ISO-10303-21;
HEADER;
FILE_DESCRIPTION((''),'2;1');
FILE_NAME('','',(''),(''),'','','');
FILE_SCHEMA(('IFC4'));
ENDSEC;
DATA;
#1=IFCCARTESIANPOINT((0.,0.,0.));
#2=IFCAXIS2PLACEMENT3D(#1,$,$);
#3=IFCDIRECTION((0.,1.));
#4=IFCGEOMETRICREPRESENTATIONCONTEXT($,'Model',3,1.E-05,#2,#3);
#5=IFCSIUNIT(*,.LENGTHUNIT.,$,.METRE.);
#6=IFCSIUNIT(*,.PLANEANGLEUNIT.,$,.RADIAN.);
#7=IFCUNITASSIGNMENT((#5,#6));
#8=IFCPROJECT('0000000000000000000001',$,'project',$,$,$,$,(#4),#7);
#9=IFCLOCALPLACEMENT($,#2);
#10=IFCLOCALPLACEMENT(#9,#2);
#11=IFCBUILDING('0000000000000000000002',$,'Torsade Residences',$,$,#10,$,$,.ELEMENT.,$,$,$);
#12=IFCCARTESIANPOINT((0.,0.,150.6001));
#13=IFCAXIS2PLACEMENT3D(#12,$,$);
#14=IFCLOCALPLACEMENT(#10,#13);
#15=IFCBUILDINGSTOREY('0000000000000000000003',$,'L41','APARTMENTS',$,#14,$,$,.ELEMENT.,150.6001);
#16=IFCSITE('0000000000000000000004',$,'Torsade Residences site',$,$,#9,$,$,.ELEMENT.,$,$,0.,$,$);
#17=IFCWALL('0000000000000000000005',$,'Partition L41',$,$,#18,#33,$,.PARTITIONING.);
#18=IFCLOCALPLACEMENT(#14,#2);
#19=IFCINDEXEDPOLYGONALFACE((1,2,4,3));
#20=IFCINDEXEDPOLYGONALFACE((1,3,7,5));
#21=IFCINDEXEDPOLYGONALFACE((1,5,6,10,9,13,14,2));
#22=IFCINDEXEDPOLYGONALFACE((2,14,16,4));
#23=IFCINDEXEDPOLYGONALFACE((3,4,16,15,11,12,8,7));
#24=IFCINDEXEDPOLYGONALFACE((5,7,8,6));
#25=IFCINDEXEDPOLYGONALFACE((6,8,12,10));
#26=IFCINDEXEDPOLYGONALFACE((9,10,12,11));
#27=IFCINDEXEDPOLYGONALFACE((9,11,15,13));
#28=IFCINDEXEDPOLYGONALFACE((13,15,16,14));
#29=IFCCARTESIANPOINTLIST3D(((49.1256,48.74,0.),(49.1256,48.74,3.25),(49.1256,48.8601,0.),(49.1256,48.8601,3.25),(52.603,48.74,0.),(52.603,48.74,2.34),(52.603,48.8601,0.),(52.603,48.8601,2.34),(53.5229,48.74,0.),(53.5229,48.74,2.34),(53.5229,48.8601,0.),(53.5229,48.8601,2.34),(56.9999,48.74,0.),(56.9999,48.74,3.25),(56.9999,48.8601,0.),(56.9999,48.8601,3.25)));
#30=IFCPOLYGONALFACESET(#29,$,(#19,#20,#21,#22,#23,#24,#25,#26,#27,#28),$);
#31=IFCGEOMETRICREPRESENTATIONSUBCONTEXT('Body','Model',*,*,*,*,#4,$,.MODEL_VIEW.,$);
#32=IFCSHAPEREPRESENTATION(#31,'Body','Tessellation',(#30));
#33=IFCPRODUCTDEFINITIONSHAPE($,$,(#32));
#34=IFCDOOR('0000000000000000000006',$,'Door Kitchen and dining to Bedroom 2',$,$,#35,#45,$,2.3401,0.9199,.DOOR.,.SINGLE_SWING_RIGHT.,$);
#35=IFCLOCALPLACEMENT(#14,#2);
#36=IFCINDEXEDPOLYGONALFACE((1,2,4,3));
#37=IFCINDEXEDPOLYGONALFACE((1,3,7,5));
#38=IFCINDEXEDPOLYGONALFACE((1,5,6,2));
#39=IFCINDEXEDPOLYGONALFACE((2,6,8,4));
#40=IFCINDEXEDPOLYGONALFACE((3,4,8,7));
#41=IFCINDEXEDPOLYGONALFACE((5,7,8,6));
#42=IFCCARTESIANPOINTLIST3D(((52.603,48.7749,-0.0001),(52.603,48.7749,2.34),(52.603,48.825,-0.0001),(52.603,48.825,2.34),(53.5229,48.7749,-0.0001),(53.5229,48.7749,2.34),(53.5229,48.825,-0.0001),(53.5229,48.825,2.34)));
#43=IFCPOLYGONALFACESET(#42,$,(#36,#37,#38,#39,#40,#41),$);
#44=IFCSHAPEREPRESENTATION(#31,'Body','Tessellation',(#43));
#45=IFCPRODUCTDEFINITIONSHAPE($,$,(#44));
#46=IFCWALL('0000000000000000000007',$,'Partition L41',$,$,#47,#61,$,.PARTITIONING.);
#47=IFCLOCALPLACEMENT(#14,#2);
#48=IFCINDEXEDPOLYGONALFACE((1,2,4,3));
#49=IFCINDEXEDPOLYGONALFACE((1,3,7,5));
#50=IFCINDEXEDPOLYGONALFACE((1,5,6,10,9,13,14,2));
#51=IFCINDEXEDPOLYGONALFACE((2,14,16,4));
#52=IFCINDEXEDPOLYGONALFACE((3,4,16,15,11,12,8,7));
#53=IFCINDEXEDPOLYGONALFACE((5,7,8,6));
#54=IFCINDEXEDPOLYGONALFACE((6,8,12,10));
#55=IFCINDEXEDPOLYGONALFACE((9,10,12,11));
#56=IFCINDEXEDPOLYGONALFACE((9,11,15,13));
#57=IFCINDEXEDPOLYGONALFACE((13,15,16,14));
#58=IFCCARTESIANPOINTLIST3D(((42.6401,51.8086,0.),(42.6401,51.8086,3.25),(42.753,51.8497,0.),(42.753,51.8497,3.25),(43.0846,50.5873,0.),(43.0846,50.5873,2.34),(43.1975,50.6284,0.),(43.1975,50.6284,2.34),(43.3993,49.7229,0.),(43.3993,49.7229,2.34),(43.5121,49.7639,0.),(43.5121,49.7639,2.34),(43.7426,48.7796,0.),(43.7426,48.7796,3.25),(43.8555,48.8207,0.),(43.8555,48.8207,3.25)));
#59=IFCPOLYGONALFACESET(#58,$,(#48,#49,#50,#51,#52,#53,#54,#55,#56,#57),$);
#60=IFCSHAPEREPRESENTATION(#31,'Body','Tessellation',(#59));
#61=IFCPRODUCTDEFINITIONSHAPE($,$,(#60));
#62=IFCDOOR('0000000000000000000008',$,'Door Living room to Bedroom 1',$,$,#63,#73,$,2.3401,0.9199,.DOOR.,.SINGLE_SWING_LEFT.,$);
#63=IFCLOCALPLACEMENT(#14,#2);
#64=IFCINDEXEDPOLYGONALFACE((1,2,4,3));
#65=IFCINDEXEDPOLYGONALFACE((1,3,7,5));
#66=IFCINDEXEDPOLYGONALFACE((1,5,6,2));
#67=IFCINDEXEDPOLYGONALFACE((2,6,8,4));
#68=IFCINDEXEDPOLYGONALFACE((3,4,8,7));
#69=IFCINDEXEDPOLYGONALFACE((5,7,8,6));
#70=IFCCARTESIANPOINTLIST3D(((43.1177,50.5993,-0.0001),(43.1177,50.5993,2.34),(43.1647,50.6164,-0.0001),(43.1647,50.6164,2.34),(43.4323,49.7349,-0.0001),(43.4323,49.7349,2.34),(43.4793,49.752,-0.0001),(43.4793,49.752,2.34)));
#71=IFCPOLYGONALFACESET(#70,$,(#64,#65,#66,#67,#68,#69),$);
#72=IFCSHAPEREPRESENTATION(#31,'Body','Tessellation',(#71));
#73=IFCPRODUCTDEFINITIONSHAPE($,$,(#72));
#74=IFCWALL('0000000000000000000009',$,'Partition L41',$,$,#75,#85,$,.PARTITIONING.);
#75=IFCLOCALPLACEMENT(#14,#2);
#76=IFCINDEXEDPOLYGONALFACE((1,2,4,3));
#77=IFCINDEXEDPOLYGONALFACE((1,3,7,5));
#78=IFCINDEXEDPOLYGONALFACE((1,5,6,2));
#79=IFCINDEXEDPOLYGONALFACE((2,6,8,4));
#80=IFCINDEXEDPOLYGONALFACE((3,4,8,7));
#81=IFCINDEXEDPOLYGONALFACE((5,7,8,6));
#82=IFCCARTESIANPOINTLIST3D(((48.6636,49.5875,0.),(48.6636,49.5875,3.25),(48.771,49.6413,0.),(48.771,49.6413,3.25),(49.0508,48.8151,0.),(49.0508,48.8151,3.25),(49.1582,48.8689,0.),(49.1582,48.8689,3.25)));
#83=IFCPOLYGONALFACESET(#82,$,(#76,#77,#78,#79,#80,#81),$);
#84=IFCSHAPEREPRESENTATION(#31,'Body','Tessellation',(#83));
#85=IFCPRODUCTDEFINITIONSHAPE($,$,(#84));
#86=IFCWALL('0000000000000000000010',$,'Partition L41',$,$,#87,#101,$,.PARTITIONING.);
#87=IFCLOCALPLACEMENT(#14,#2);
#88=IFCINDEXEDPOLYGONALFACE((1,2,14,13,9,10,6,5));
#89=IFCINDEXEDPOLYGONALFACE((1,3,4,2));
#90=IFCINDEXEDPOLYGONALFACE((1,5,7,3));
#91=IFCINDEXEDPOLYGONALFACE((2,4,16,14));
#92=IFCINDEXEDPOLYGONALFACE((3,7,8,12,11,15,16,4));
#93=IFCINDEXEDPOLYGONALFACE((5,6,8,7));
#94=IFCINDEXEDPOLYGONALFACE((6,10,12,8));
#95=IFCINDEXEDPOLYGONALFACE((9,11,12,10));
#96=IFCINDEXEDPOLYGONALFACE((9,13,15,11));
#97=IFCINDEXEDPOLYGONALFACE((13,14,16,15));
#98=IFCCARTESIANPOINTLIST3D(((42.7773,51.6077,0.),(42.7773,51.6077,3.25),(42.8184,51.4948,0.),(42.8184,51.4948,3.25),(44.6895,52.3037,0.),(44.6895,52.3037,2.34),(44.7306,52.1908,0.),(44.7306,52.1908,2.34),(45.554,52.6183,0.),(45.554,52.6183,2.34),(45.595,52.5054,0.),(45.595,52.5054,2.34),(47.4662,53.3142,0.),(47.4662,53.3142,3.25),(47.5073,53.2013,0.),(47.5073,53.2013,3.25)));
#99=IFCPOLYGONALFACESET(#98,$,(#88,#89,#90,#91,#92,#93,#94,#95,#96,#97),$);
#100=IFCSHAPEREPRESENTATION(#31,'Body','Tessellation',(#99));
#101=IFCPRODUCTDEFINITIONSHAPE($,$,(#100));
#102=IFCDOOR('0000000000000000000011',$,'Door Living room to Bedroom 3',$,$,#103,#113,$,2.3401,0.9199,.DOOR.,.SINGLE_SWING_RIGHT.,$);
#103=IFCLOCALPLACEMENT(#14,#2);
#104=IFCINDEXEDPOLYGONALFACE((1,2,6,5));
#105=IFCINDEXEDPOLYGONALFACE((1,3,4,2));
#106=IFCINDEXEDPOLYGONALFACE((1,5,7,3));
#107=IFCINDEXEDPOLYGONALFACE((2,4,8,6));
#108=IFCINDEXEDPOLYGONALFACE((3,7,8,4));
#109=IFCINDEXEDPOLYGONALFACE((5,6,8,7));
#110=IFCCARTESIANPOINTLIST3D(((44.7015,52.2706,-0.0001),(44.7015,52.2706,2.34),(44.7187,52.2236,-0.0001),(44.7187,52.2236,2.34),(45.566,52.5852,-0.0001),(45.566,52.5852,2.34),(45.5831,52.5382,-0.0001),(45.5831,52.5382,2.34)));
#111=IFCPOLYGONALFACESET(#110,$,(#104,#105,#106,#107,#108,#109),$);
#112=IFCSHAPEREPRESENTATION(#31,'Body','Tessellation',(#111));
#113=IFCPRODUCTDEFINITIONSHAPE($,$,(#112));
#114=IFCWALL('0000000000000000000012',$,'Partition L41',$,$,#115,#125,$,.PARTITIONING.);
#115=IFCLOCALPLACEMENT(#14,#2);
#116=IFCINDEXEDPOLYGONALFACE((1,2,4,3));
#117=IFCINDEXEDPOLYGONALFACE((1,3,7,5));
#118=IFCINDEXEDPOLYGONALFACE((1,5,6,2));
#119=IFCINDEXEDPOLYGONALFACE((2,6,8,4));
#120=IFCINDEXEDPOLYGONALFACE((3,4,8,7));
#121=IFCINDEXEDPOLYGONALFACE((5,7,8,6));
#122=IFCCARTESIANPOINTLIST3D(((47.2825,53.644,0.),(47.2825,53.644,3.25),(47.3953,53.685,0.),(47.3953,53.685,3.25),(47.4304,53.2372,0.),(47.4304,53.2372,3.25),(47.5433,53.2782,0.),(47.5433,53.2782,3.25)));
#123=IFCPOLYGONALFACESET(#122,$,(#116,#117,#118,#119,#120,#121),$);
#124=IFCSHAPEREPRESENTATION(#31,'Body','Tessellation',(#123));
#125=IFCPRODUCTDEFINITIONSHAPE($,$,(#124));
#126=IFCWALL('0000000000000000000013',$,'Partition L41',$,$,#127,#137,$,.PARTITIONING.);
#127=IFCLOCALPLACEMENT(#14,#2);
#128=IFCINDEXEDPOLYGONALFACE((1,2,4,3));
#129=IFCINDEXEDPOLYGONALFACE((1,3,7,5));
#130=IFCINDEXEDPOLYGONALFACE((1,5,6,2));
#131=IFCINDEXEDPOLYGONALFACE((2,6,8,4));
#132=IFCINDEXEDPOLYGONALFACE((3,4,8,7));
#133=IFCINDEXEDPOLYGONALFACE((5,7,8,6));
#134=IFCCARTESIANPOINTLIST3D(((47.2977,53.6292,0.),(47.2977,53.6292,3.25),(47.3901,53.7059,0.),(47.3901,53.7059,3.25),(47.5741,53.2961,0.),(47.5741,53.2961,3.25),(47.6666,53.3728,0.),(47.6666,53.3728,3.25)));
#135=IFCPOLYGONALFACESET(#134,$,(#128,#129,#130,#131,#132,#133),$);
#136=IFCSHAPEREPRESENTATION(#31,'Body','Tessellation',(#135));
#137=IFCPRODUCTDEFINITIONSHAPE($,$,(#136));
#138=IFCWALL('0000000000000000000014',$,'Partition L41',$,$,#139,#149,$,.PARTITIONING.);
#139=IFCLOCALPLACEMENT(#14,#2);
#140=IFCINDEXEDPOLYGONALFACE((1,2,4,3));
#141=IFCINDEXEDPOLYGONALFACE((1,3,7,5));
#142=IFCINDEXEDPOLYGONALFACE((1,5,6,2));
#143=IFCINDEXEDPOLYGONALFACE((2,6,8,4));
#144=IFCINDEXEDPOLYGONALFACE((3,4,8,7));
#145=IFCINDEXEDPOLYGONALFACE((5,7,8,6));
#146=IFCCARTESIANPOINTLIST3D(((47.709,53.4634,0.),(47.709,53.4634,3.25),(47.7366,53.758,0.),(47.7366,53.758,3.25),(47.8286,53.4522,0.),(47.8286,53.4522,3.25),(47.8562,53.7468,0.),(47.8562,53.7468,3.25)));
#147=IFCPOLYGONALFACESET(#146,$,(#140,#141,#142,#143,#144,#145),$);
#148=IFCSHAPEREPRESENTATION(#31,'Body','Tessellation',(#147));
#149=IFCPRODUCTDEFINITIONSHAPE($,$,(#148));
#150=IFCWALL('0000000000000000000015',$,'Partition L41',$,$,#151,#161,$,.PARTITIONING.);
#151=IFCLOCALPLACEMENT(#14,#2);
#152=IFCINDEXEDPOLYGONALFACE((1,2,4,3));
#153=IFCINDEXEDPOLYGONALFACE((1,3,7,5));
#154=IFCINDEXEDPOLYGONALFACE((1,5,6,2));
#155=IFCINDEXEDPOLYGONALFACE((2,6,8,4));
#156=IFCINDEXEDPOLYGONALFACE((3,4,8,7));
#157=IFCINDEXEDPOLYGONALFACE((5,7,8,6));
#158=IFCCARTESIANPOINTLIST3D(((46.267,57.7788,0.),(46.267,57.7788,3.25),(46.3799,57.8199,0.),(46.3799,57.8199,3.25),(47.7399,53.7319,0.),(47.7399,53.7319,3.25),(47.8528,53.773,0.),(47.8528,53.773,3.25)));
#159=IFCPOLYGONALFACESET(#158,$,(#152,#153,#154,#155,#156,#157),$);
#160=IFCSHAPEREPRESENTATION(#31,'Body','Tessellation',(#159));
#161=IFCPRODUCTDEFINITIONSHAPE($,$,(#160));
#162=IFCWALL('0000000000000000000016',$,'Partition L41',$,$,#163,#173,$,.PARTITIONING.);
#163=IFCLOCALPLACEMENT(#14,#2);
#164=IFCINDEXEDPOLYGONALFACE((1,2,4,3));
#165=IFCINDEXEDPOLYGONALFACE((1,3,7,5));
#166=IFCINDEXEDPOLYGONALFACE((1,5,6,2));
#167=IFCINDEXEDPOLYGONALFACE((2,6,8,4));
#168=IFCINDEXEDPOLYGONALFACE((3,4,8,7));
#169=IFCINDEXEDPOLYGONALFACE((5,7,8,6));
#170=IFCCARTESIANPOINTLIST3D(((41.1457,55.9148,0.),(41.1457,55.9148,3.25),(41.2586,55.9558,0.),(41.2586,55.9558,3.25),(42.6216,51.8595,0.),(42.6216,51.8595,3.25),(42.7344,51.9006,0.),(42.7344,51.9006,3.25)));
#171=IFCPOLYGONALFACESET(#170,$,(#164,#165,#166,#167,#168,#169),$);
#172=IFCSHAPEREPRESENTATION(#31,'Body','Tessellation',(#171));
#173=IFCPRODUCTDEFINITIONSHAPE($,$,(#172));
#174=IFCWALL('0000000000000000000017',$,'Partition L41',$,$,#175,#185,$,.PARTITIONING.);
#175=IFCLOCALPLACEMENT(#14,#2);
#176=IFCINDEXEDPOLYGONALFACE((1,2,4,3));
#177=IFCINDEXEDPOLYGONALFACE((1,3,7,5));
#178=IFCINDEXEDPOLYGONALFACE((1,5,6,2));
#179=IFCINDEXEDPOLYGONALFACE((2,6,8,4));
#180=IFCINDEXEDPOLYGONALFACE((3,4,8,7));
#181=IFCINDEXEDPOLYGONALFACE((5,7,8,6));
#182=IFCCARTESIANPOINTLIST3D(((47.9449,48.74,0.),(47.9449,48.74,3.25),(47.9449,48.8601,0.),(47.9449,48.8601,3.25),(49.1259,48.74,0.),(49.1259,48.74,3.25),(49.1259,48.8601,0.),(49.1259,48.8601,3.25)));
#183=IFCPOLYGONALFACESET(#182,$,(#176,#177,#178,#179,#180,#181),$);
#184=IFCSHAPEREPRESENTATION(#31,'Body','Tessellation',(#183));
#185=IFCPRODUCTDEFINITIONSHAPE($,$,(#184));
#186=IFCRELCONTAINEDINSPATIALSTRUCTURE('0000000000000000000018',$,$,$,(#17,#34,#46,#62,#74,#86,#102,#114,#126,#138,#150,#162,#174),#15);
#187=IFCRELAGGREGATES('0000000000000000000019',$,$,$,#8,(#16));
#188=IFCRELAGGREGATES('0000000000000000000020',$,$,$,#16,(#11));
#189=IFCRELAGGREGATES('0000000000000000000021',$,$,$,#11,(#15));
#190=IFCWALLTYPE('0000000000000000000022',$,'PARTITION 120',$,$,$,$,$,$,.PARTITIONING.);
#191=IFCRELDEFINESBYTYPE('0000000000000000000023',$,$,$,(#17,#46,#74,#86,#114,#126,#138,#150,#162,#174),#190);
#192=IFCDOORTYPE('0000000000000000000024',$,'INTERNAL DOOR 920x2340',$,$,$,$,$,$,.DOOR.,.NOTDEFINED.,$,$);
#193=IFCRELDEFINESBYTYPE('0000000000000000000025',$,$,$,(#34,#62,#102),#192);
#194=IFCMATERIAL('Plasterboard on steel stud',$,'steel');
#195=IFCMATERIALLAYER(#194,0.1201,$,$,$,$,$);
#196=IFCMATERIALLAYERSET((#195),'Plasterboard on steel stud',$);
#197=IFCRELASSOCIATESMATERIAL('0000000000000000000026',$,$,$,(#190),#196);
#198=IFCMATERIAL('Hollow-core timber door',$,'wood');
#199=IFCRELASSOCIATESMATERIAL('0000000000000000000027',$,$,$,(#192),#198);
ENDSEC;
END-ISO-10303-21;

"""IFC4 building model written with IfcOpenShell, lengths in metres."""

from ifc_helpers import new_model, si_unit, direction, frame, frame_2d, origin, place, context, subcontext, project, spatial, rectangle, extrude, material, layer, layer_set, type_object, element, fill, save


model = new_model("IFC4")

# Units and contexts
model_context = context("Model", 3, precision=1e-05, world=origin(), true_north=direction((0.0, 1.0)))
body_context = subcontext(model_context, "Body", "Model", "MODEL_VIEW")
ifc_project = project(units=[si_unit("LENGTHUNIT", "METRE"), si_unit("PLANEANGLEUNIT", "RADIAN")], contexts=[model_context])

# Site, building, storey
site_placement = place(None, origin())
site = spatial("IfcSite", under=ifc_project, at=site_placement, Name="Torsade Residences site", CompositionType="ELEMENT", RefElevation=0.0)
building_placement = place(site_placement, origin())
building = spatial("IfcBuilding", under=site, at=building_placement, Name="Torsade Residences", CompositionType="ELEMENT")
storey_placement = place(building_placement, frame((0.0, 0.0, 150.6001)))
storey = spatial("IfcBuildingStorey", under=building, at=storey_placement, Name="L41", Description="APARTMENTS", CompositionType="ELEMENT", Elevation=150.6001)

# Walls, openings, doors
ifc_material_1 = material(Name="Plasterboard on steel stud", Category="steel")
ifc_layer_1 = layer(ifc_material_1, 0.1201)
ifc_layer_set_1 = layer_set([ifc_layer_1], Name="Plasterboard on steel stud")
wall_type = type_object("IfcWallType", Name="PARTITION 120", PredefinedType="PARTITIONING", material=ifc_layer_set_1)
wall_1_placement = place(storey_placement, frame((49.1257, 48.8, 0.0), z_axis=(0.0, 0.0, 1.0), x_axis=(1.0, 0.0, 0.0)))
wall_1 = element("IfcWall", 1, at=wall_1_placement, inside=storey, type_object=wall_type, Name="Partition L41", PredefinedType="PARTITIONING", context=body_context, shape_type="SweptSolid", body=[
    extrude(rectangle(XDim=7.8743, YDim=0.1201, at=frame_2d((3.937, 0.0))), origin(), (0.0, 0.0, 1.0), 3.25),
])
opening_1_placement = place(wall_1_placement, frame((3.4773, 0.0, 0.0)))
opening_1 = element("IfcOpeningElement", 2, at=opening_1_placement, cuts=wall_1, PredefinedType="OPENING", context=body_context, shape_type="SweptSolid", body=[
    extrude(rectangle(XDim=0.9199, YDim=2.3401, at=frame_2d((0.46, 1.1699))), frame((0.0, 0.0701, 0.0), z_axis=(0.0, -1.0, 0.0), x_axis=(1.0, 0.0, 0.0)), (0.0, 0.0, 1.0), 0.1401),
])
ifc_material_2 = material(Name="Hollow-core timber door", Category="wood")
door_type = type_object("IfcDoorType", Name="INTERNAL DOOR 920x2340", OperationType="NOTDEFINED", PredefinedType="DOOR", material=ifc_material_2)
door_1_placement = place(opening_1_placement, origin())
door_1 = element("IfcDoor", 3, at=door_1_placement, inside=storey, type_object=door_type, Name="Door Kitchen and dining to Bedroom 2", OperationType="SINGLE_SWING_RIGHT", OverallHeight=2.3401, OverallWidth=0.9199, PredefinedType="DOOR", context=body_context, shape_type="SweptSolid", body=[
    extrude(rectangle(XDim=0.9199, YDim=2.3401, at=frame_2d((0.46, 1.1699))), frame((0.0, 0.0249, 0.0), z_axis=(0.0, -1.0, 0.0), x_axis=(1.0, 0.0, 0.0)), (0.0, 0.0, 1.0), 0.05),
])
fill(opening_1, door_1)
wall_2_placement = place(storey_placement, frame((43.7991, 48.8, 0.0), z_axis=(0.0, 0.0, 1.0), x_axis=(-0.342035, 0.939687, 0.0)))
wall_2 = element("IfcWall", 4, at=wall_2_placement, inside=storey, type_object=wall_type, Name="Partition L41", PredefinedType="PARTITIONING", context=body_context, shape_type="SweptSolid", body=[
    extrude(rectangle(XDim=3.2234, YDim=0.1201, at=frame_2d((1.6118, 0.0))), origin(), (0.0, 0.0, 1.0), 3.25),
])
opening_2_placement = place(wall_2_placement, frame((1.0039, 0.0, 0.0)))
opening_2 = element("IfcOpeningElement", 5, at=opening_2_placement, cuts=wall_2, PredefinedType="OPENING", context=body_context, shape_type="SweptSolid", body=[
    extrude(rectangle(XDim=0.9199, YDim=2.3401, at=frame_2d((0.46, 1.1699))), frame((0.0, 0.0701, 0.0), z_axis=(0.0, -1.0, 0.0), x_axis=(1.0, 0.0, 0.0)), (0.0, 0.0, 1.0), 0.1401),
])
door_2_placement = place(opening_2_placement, origin())
door_2 = element("IfcDoor", 6, at=door_2_placement, inside=storey, type_object=door_type, Name="Door Living room to Bedroom 1", OperationType="SINGLE_SWING_LEFT", OverallHeight=2.3401, OverallWidth=0.9199, PredefinedType="DOOR", context=body_context, shape_type="SweptSolid", body=[
    extrude(rectangle(XDim=0.9199, YDim=2.3401, at=frame_2d((0.46, 1.1699))), frame((0.0, 0.0249, 0.0), z_axis=(0.0, -1.0, 0.0), x_axis=(1.0, 0.0, 0.0)), (0.0, 0.0, 1.0), 0.05),
])
fill(opening_2, door_2)

# Wall
wall_3_placement = place(storey_placement, frame((48.7173, 49.6145, 0.0), z_axis=(0.0, 0.0, 1.0), x_axis=(0.448118, -0.893975, 0.0)))
element("IfcWall", 7, at=wall_3_placement, inside=storey, type_object=wall_type, Name="Partition L41", PredefinedType="PARTITIONING", context=body_context, shape_type="SweptSolid", body=[
    extrude(rectangle(XDim=0.864, YDim=0.1201, at=frame_2d((0.4321, 0.0))), origin(), (0.0, 0.0, 1.0), 3.25),
])

# Wall, opening, door
wall_4_placement = place(storey_placement, frame((42.7979, 51.5513, 0.0), z_axis=(0.0, 0.0, 1.0), x_axis=(0.939699, 0.342002, 0.0)))
wall_4 = element("IfcWall", 8, at=wall_4_placement, inside=storey, type_object=wall_type, Name="Partition L41", PredefinedType="PARTITIONING", context=body_context, shape_type="SweptSolid", body=[
    extrude(rectangle(XDim=4.9897, YDim=0.1201, at=frame_2d((2.4949, 0.0))), origin(), (0.0, 0.0, 1.0), 3.25),
])
opening_3_placement = place(wall_4_placement, frame((2.0349, 0.0, 0.0)))
opening_3 = element("IfcOpeningElement", 9, at=opening_3_placement, cuts=wall_4, PredefinedType="OPENING", context=body_context, shape_type="SweptSolid", body=[
    extrude(rectangle(XDim=0.9199, YDim=2.3401, at=frame_2d((0.46, 1.1699))), frame((0.0, 0.0701, 0.0), z_axis=(0.0, -1.0, 0.0), x_axis=(1.0, 0.0, 0.0)), (0.0, 0.0, 1.0), 0.1401),
])
door_3_placement = place(opening_3_placement, origin())
door_3 = element("IfcDoor", 10, at=door_3_placement, inside=storey, type_object=door_type, Name="Door Living room to Bedroom 3", OperationType="SINGLE_SWING_RIGHT", OverallHeight=2.3401, OverallWidth=0.9199, PredefinedType="DOOR", context=body_context, shape_type="SweptSolid", body=[
    extrude(rectangle(XDim=0.9199, YDim=2.3401, at=frame_2d((0.46, 1.1699))), frame((0.0, 0.0249, 0.0), z_axis=(0.0, -1.0, 0.0), x_axis=(1.0, 0.0, 0.0)), (0.0, 0.0, 1.0), 0.05),
])
fill(opening_3, door_3)

# Walls
for number, where, z_axis, x_axis, name in (
    (11, (47.4868, 53.2578, 0.0), (0.0, 0.0, 1.0), (-0.341834, 0.93976, 0.0), "Partition L41"),
    (12, (47.344, 53.6675, 0.0), (0.0, 0.0, 1.0), (0.638629, -0.769515, 0.0), "Partition L41"),
):
    element("IfcWall", number, at=place(storey_placement, frame(where, z_axis=z_axis, x_axis=x_axis)), inside=storey, type_object=wall_type, Name=name, PredefinedType="PARTITIONING", context=body_context, shape_type="SweptSolid", body=[
        extrude(rectangle(XDim=0.4329, YDim=0.1201, at=frame_2d((0.2163, 0.0))), origin(), (0.0, 0.0, 1.0), 3.25),
    ])
wall_5_placement = place(storey_placement, frame((47.7688, 53.4578, 0.0), z_axis=(0.0, 0.0, 1.0), x_axis=(0.093213, 0.995646, 0.0)))
element("IfcWall", 13, at=wall_5_placement, inside=storey, type_object=wall_type, Name="Partition L41", PredefinedType="PARTITIONING", context=body_context, shape_type="SweptSolid", body=[
    extrude(rectangle(XDim=0.2959, YDim=0.1201, at=frame_2d((0.1479, 0.0))), origin(), (0.0, 0.0, 1.0), 3.25),
])
wall_6_placement = place(storey_placement, frame((47.7964, 53.7524, 0.0), z_axis=(0.0, 0.0, 1.0), x_axis=(-0.342012, 0.939696, 0.0)))
element("IfcWall", 14, at=wall_6_placement, inside=storey, type_object=wall_type, Name="Partition L41", PredefinedType="PARTITIONING", context=body_context, shape_type="SweptSolid", body=[
    extrude(rectangle(XDim=4.3066, YDim=0.1201, at=frame_2d((2.1533, 0.0))), origin(), (0.0, 0.0, 1.0), 3.25),
])
wall_7_placement = place(storey_placement, frame((41.2021, 55.9353, 0.0), z_axis=(0.0, 0.0, 1.0), x_axis=(0.341993, -0.939703, 0.0)))
element("IfcWall", 15, at=wall_7_placement, inside=storey, type_object=wall_type, Name="Partition L41", PredefinedType="PARTITIONING", context=body_context, shape_type="SweptSolid", body=[
    extrude(rectangle(XDim=4.3154, YDim=0.1201, at=frame_2d((2.1577, 0.0))), origin(), (0.0, 0.0, 1.0), 3.25),
])
wall_8_placement = place(storey_placement, frame((49.1257, 48.8, 0.0), z_axis=(0.0, 0.0, 1.0), x_axis=(-1.0, 0.0, 0.0)))
element("IfcWall", 16, at=wall_8_placement, inside=storey, type_object=wall_type, Name="Partition L41", PredefinedType="PARTITIONING", context=body_context, shape_type="SweptSolid", body=[
    extrude(rectangle(XDim=1.1809, YDim=0.1201, at=frame_2d((0.5903, 0.0))), origin(), (0.0, 0.0, 1.0), 3.25),
])

save(model, "model.ifc")
